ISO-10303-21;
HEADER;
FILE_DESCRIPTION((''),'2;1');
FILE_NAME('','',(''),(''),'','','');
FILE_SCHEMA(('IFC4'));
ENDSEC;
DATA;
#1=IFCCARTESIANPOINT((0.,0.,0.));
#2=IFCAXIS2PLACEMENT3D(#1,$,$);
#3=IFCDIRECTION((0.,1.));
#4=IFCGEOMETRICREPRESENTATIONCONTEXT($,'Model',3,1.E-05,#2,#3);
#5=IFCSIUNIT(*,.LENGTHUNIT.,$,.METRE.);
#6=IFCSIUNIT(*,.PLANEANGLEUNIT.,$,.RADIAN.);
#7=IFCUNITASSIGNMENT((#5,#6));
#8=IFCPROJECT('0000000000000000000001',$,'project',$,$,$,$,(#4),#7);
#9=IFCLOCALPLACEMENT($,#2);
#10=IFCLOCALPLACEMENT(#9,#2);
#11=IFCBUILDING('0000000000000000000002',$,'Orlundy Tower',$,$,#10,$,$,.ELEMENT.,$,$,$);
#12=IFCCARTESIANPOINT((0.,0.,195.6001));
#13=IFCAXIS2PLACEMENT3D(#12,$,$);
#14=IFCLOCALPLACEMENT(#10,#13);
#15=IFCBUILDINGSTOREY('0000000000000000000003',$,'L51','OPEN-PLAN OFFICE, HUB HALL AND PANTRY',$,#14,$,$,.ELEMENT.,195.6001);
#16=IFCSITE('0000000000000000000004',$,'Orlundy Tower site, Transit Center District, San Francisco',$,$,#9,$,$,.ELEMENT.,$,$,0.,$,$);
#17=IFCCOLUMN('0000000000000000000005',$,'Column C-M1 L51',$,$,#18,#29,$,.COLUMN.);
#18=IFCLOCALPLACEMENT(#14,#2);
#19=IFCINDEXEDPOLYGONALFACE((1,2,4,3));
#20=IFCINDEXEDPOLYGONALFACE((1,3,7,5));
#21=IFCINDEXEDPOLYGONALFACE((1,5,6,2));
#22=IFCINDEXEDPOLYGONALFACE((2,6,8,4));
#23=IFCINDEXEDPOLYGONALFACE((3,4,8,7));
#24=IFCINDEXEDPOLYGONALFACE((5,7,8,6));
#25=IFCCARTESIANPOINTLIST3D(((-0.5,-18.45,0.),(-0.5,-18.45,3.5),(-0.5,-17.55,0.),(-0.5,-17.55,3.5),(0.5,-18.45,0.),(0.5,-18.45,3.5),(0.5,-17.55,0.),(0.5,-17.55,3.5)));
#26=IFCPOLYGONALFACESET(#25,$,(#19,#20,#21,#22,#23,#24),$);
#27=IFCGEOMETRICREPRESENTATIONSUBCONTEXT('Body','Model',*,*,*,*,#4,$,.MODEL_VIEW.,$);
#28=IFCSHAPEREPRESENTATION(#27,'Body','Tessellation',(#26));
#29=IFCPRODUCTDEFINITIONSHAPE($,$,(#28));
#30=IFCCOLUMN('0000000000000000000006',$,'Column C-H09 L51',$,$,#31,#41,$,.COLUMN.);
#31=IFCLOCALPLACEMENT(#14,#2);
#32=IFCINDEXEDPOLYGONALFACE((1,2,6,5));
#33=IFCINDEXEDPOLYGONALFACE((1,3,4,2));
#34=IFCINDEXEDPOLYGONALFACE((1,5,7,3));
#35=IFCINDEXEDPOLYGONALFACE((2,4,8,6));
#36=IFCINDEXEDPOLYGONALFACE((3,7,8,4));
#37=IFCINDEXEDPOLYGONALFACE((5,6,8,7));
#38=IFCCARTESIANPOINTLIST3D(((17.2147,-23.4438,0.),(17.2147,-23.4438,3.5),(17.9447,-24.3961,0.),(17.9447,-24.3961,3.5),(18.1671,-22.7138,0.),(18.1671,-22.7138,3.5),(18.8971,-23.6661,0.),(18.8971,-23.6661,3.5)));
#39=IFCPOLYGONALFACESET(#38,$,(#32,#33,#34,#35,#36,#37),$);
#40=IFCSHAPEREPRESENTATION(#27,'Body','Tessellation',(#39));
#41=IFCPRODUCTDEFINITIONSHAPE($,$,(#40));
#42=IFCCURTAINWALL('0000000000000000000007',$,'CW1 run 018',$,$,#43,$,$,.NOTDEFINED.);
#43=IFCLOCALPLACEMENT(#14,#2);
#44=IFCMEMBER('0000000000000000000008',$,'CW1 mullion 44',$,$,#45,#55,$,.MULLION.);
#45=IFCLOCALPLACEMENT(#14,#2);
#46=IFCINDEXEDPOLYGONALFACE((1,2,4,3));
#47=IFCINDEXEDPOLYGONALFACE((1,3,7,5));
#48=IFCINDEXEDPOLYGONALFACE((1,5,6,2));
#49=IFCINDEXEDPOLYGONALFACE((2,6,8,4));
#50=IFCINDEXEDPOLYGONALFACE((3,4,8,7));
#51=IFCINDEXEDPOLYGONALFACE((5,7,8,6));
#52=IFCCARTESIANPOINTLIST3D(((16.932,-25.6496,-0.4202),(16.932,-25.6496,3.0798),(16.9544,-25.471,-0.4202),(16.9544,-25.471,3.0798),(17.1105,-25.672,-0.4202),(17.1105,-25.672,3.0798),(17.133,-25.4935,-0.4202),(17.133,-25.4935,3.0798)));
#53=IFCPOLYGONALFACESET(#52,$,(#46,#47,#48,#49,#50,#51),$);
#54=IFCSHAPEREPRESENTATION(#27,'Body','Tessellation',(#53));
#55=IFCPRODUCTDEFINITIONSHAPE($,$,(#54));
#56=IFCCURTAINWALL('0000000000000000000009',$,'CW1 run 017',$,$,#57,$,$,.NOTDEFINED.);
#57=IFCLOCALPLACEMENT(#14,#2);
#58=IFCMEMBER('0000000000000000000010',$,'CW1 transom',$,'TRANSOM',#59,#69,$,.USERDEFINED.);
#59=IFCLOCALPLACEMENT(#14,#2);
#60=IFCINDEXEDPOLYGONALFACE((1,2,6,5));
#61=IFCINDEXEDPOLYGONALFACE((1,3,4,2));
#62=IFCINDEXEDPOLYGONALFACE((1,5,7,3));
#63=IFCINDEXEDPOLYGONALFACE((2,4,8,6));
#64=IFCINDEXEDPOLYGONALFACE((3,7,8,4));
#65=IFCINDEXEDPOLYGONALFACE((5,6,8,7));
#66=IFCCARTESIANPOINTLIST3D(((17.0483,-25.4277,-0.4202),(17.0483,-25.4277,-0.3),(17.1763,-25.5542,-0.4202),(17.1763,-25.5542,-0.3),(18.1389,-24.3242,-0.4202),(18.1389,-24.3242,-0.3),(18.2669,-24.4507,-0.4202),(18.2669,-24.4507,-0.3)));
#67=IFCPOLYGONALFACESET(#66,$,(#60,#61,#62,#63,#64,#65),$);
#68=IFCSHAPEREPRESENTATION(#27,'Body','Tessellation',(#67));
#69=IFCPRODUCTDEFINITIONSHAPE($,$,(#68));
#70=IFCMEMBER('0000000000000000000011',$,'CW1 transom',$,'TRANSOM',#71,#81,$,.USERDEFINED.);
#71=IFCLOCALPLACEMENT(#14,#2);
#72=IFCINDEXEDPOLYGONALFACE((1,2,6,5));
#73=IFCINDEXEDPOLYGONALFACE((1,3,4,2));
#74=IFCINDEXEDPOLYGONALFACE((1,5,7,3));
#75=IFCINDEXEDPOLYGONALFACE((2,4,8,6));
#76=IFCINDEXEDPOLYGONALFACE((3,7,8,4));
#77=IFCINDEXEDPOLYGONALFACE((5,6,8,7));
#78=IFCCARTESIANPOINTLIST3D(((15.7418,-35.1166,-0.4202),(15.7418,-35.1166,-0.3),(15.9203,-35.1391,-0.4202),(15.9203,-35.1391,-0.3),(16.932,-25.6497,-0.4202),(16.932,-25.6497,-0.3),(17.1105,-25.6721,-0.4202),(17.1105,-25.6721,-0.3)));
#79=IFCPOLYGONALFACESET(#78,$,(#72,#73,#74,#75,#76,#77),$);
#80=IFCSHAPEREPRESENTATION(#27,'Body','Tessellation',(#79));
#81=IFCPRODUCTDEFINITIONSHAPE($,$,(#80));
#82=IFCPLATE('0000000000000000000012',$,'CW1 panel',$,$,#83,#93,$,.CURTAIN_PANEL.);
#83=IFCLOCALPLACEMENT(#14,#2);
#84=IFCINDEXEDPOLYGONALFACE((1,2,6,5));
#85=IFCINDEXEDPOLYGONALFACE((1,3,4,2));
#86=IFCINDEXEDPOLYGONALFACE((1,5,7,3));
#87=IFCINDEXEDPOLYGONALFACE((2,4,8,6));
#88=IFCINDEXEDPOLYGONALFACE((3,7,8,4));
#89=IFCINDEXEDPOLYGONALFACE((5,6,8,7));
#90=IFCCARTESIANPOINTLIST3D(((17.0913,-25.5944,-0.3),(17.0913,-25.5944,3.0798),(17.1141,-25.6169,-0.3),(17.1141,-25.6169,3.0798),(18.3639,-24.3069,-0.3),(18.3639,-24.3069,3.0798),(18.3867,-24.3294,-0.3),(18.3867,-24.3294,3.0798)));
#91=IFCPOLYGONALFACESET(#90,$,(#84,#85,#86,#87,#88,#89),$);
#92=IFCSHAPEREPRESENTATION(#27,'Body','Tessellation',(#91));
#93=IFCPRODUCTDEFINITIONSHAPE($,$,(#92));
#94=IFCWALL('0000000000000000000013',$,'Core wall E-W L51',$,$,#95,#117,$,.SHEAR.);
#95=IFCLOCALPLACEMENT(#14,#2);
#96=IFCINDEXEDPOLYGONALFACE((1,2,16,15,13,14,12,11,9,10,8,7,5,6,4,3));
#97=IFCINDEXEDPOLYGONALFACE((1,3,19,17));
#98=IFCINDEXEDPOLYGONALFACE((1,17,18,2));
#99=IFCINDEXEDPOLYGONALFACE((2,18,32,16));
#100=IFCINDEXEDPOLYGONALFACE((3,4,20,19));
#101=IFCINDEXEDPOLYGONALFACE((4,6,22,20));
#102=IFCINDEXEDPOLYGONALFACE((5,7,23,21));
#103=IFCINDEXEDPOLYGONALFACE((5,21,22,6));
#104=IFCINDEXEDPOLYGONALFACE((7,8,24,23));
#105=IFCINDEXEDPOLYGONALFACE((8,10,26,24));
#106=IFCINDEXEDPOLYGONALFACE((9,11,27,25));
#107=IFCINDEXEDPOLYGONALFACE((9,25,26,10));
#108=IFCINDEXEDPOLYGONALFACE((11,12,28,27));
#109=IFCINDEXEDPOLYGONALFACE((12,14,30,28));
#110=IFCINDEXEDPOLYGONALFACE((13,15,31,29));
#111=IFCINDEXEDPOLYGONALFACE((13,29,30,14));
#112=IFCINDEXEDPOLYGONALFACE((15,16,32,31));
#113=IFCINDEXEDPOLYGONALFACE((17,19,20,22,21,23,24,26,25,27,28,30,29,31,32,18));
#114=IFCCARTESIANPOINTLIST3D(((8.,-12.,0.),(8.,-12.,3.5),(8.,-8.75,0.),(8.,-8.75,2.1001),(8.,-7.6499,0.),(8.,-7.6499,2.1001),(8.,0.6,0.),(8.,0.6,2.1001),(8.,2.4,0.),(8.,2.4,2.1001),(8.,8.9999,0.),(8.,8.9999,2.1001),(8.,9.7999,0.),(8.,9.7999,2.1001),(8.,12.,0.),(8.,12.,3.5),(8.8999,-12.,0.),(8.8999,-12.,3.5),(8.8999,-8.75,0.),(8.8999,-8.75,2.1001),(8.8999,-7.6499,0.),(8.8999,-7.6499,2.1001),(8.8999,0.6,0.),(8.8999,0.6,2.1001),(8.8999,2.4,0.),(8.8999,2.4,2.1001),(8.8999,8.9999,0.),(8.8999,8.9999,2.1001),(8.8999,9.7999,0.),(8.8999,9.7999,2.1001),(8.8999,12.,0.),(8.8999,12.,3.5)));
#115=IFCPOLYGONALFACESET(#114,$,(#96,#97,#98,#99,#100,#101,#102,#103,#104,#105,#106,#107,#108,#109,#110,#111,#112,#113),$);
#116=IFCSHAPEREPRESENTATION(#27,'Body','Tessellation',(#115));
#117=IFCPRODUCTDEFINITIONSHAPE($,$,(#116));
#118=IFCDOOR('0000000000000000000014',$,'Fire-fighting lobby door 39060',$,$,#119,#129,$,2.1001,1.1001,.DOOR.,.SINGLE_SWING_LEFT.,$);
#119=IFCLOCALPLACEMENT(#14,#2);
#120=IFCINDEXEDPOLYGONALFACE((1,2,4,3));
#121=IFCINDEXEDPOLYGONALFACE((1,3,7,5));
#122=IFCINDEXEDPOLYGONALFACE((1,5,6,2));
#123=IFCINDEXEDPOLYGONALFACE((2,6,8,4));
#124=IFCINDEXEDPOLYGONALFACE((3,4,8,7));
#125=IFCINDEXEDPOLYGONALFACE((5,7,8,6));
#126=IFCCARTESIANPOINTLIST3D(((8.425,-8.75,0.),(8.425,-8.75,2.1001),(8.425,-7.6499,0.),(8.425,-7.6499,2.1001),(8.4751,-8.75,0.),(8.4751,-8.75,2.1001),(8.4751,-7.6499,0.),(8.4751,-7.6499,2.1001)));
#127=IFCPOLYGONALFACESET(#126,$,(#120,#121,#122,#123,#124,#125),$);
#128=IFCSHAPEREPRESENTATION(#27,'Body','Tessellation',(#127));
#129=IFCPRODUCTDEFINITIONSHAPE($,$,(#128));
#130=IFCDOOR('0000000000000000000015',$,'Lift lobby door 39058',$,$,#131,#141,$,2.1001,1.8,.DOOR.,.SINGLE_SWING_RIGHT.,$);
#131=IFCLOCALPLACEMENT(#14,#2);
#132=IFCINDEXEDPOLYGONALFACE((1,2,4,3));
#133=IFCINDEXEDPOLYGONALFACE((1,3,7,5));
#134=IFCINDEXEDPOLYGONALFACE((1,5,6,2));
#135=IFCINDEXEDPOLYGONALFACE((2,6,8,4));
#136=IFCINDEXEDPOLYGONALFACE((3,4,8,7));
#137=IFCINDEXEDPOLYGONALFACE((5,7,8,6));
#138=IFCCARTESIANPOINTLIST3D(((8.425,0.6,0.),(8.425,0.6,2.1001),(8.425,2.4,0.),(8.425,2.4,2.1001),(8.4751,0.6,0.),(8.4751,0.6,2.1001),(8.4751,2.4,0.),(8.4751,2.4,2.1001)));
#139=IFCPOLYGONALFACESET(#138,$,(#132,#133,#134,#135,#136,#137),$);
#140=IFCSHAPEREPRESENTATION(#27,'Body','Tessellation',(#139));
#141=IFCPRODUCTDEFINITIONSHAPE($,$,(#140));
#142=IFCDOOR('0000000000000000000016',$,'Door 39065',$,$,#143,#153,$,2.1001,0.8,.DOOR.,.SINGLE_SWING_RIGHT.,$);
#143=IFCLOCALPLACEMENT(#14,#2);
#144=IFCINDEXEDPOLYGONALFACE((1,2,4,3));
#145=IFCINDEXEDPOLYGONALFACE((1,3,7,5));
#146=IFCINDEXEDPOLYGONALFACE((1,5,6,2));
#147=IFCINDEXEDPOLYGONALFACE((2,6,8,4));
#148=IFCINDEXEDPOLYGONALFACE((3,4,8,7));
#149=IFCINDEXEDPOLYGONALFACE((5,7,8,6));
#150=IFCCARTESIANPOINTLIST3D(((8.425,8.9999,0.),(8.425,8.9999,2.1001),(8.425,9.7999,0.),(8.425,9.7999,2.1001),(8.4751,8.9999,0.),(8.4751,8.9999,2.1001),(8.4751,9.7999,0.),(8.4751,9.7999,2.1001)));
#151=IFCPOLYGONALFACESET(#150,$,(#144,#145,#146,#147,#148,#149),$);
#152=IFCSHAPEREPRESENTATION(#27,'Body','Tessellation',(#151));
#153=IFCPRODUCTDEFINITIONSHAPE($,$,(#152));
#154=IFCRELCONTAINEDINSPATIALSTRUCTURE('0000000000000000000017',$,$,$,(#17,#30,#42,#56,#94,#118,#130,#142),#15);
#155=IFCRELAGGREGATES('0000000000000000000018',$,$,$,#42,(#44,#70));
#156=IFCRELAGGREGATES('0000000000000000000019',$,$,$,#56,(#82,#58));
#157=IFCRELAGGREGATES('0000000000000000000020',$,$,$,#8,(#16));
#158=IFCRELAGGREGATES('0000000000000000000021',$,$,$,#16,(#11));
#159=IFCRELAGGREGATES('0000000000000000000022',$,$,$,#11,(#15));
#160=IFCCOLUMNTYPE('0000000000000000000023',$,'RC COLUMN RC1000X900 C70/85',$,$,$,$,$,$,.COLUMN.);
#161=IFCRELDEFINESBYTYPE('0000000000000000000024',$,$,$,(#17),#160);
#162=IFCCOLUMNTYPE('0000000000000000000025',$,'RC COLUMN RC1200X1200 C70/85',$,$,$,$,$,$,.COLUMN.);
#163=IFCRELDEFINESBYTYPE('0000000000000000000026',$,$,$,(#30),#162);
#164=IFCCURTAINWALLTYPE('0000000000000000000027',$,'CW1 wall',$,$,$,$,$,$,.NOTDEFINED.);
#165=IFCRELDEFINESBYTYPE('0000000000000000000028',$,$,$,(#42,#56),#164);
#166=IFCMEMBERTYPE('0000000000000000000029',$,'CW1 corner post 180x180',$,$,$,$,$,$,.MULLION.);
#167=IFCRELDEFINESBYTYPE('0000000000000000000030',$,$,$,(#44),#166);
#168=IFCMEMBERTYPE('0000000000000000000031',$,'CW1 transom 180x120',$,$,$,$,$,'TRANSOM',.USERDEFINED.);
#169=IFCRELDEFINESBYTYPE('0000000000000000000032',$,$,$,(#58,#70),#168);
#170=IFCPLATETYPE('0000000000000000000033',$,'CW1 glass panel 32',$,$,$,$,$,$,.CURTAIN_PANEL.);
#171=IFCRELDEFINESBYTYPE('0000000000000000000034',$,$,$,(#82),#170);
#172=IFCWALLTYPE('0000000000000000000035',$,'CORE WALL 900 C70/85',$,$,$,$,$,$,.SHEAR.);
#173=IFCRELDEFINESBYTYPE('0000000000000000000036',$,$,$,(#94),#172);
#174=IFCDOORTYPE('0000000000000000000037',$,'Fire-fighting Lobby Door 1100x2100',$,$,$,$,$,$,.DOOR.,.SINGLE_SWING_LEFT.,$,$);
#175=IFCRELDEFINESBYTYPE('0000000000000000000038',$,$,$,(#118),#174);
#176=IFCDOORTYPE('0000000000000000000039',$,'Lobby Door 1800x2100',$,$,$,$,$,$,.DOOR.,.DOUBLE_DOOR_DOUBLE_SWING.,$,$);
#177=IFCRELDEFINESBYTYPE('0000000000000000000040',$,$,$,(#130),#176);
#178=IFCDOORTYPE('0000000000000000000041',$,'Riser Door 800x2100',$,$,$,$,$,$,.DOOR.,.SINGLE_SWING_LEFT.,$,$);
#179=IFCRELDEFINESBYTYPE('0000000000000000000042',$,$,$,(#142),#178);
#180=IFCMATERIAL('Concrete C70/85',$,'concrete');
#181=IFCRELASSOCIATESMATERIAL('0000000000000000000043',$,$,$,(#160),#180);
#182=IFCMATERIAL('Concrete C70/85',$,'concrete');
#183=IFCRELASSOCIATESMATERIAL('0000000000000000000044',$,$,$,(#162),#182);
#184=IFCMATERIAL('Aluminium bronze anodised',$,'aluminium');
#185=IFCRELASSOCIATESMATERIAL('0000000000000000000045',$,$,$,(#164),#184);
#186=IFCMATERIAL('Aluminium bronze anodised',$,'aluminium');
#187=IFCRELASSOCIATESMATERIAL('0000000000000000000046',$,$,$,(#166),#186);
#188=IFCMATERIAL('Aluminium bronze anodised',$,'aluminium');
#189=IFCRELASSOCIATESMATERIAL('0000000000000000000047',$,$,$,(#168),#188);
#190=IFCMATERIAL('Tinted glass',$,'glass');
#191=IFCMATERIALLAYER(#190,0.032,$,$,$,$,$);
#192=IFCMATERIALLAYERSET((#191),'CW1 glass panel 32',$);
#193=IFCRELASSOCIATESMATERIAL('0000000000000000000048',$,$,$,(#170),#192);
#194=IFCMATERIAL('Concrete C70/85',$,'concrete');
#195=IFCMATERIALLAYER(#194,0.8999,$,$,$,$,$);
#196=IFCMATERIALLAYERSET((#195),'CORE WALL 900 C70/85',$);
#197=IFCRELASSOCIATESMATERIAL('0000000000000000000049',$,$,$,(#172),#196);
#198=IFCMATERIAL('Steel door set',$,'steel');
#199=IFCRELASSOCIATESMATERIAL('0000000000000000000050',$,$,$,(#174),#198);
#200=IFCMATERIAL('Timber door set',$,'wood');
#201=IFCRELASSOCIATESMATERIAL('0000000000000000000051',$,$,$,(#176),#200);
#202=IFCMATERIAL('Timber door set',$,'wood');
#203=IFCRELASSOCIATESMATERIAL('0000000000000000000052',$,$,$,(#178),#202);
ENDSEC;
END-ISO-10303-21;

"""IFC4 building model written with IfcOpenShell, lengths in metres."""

from ifc_helpers import new_model, si_unit, direction, frame, frame_2d, origin, origin_2d, place, context, subcontext, project, spatial, rectangle, extrude, material, layer, layer_set, material_profile, profile_set, type_object, element, fill, aggregate, save


model = new_model("IFC4")

# Units and contexts
model_context = context("Model", 3, precision=1e-05, world=origin(), true_north=direction((0.0, 1.0)))
body_context = subcontext(model_context, "Body", "Model", "MODEL_VIEW")
ifc_project = project(units=[si_unit("LENGTHUNIT", "METRE"), si_unit("PLANEANGLEUNIT", "RADIAN")], contexts=[model_context])

# Site, building, storey
site_placement = place(None, origin())
site = spatial("IfcSite", under=ifc_project, at=site_placement, Name="Orlundy Tower site, Transit Center District, San Francisco", CompositionType="ELEMENT", RefElevation=0.0)
building_placement = place(site_placement, origin())
building = spatial("IfcBuilding", under=site, at=building_placement, Name="Orlundy Tower", CompositionType="ELEMENT")
storey_placement = place(building_placement, frame((0.0, 0.0, 195.6001)))
storey = spatial("IfcBuildingStorey", under=building, at=storey_placement, Name="L51", Description="OPEN-PLAN OFFICE, HUB HALL AND PANTRY", CompositionType="ELEMENT", Elevation=195.6001)

# Columns
ifc_material_1 = material(Name="Concrete C70/85", Category="concrete")
ifc_material_profile_1 = material_profile(ifc_material_1, rectangle(XDim=1.0, YDim=0.8999, at=origin_2d()), Name="RC1000X900")
ifc_profile_set_1 = profile_set([ifc_material_profile_1], Name="Concrete C70/85")
column_type_1 = type_object("IfcColumnType", Name="RC COLUMN RC1000X900 C70/85", PredefinedType="COLUMN", material=ifc_profile_set_1)
column_1_placement = place(storey_placement, frame((0.0, -18.0, 0.0), z_axis=(0.0, 0.0, 1.0), x_axis=(1.0, 0.0, 0.0)))
element("IfcColumn", 1, at=column_1_placement, inside=storey, type_object=column_type_1, Name="Column C-M1 L51", PredefinedType="COLUMN", context=body_context, shape_type="SweptSolid", body=[
    extrude(rectangle(XDim=1.0, YDim=0.8999, at=origin_2d()), origin(), (0.0, 0.0, 1.0), 3.5),
])
ifc_material_2 = material(Name="Concrete C70/85", Category="concrete")
ifc_material_profile_2 = material_profile(ifc_material_2, rectangle(XDim=1.2, YDim=1.2, at=origin_2d()), Name="RC1200X1200")
ifc_profile_set_2 = profile_set([ifc_material_profile_2], Name="Concrete C70/85")
column_type_2 = type_object("IfcColumnType", Name="RC COLUMN RC1200X1200 C70/85", PredefinedType="COLUMN", material=ifc_profile_set_2)
column_2_placement = place(storey_placement, frame((18.0559, -23.5549, 0.0), z_axis=(0.0, 0.0, 1.0), x_axis=(0.608374, -0.793651, 0.0)))
element("IfcColumn", 2, at=column_2_placement, inside=storey, type_object=column_type_2, Name="Column C-H09 L51", PredefinedType="COLUMN", context=body_context, shape_type="SweptSolid", body=[
    extrude(rectangle(XDim=1.2, YDim=1.2, at=origin_2d()), origin(), (0.0, 0.0, 1.0), 3.5),
])

# Curtain walls, members
ifc_material_3 = material(Name="Aluminium bronze anodised", Category="aluminium")
curtain_wall_type = type_object("IfcCurtainWallType", Name="CW1 wall", PredefinedType="NOTDEFINED", material=ifc_material_3)
curtain_wall_1_placement = place(storey_placement, origin())
curtain_wall_1 = element("IfcCurtainWall", 3, at=curtain_wall_1_placement, inside=storey, type_object=curtain_wall_type, Name="CW1 run 018", PredefinedType="NOTDEFINED")
ifc_material_4 = material(Name="Aluminium bronze anodised", Category="aluminium")
ifc_material_profile_3 = material_profile(ifc_material_4, rectangle(XDim=0.1799, YDim=0.1799, at=origin_2d()), Name="CW1 corner post 180x180")
ifc_profile_set_3 = profile_set([ifc_material_profile_3], Name="Aluminium bronze anodised")
member_type_1 = type_object("IfcMemberType", Name="CW1 corner post 180x180", PredefinedType="MULLION", material=ifc_profile_set_3)
member_1_placement = place(storey_placement, frame((17.0325, -25.5715, -0.4202), z_axis=(0.0, 0.0, 1.0), x_axis=(0.992189, -0.124742, 0.0)))
member_1 = element("IfcMember", 4, at=member_1_placement, type_object=member_type_1, Name="CW1 mullion 44", PredefinedType="MULLION", context=body_context, shape_type="SweptSolid", body=[
    extrude(rectangle(XDim=0.1799, YDim=0.1799, at=origin_2d()), origin(), (0.0, 0.0, 1.0), 3.5),
])
curtain_wall_2_placement = place(storey_placement, origin())
curtain_wall_2 = element("IfcCurtainWall", 5, at=curtain_wall_2_placement, inside=storey, type_object=curtain_wall_type, Name="CW1 run 017", PredefinedType="NOTDEFINED")
ifc_material_5 = material(Name="Aluminium bronze anodised", Category="aluminium")
ifc_material_profile_4 = material_profile(ifc_material_5, rectangle(XDim=0.1799, YDim=0.1201, at=origin_2d()), Name="CW1 transom 180x120")
ifc_profile_set_4 = profile_set([ifc_material_profile_4], Name="Aluminium bronze anodised")
member_type_2 = type_object("IfcMemberType", Name="CW1 transom 180x120", ElementType="TRANSOM", PredefinedType="USERDEFINED", material=ifc_profile_set_4)
member_2_placement = place(storey_placement, frame((18.2029, -24.3875, -0.3601), z_axis=(-0.702924, -0.711265, 0.0), x_axis=(0.711265, -0.702924, 0.0)))
member_2 = element("IfcMember", 6, at=member_2_placement, type_object=member_type_2, Name="CW1 transom", ObjectType="TRANSOM", PredefinedType="USERDEFINED", context=body_context, shape_type="SweptSolid", body=[
    extrude(rectangle(XDim=0.1799, YDim=0.1201, at=origin_2d()), origin(), (0.0, 0.0, 1.0), 1.5515),
])

# Member
member_3_placement = place(storey_placement, frame((17.0212, -25.6609, -0.3601), z_axis=(-0.124737, -0.99219, 0.0), x_axis=(0.99219, -0.124737, 0.0)))
member_3 = element("IfcMember", 7, at=member_3_placement, type_object=member_type_2, Name="CW1 transom", ObjectType="TRANSOM", PredefinedType="USERDEFINED", context=body_context, shape_type="SweptSolid", body=[
    extrude(rectangle(XDim=0.1799, YDim=0.1201, at=origin_2d()), origin(), (0.0, 0.0, 1.0), 9.5415),
])
aggregate(curtain_wall_1, [member_1, member_3])

# Plate
ifc_material_6 = material(Name="Tinted glass", Category="glass")
ifc_layer_1 = layer(ifc_material_6, 0.032)
ifc_layer_set_1 = layer_set([ifc_layer_1], Name="CW1 glass panel 32")
plate_type = type_object("IfcPlateType", Name="CW1 glass panel 32", PredefinedType="CURTAIN_PANEL", material=ifc_layer_set_1)
plate_placement = place(storey_placement, frame((17.739, -24.9619, -0.3), z_axis=(0.0, 0.0, 1.0), x_axis=(-0.70297, -0.711219, 0.0)))
plate = element("IfcPlate", 8, at=plate_placement, type_object=plate_type, Name="CW1 panel", PredefinedType="CURTAIN_PANEL", context=body_context, shape_type="SweptSolid", body=[
    extrude(rectangle(XDim=1.8103, YDim=0.032, at=origin_2d()), origin(), (0.0, 0.0, 1.0), 3.3799),
])
aggregate(curtain_wall_2, [plate, member_2])

# Wall, openings, doors
ifc_material_7 = material(Name="Concrete C70/85", Category="concrete")
ifc_layer_2 = layer(ifc_material_7, 0.8999)
ifc_layer_set_2 = layer_set([ifc_layer_2], Name="CORE WALL 900 C70/85")
wall_type_1 = type_object("IfcWallType", Name="CORE WALL 900 C70/85", PredefinedType="SHEAR", material=ifc_layer_set_2)
wall_1_placement = place(storey_placement, frame((8.45, -12.0, 0.0), z_axis=(0.0, 0.0, 1.0), x_axis=(0.0, 1.0, 0.0)))
wall_1 = element("IfcWall", 9, at=wall_1_placement, inside=storey, type_object=wall_type_1, Name="Core wall E-W L51", PredefinedType="SHEAR", context=body_context, shape_type="SweptSolid", body=[
    extrude(rectangle(XDim=24.0, YDim=0.8999, at=frame_2d((12.0, 0.0))), origin(), (0.0, 0.0, 1.0), 3.5),
])
opening_1_placement = place(wall_1_placement, frame((12.6001, 0.0, 0.0)))
opening_1 = element("IfcOpeningElement", 10, at=opening_1_placement, cuts=wall_1, PredefinedType="OPENING", context=body_context, shape_type="SweptSolid", body=[
    extrude(rectangle(XDim=1.8, YDim=2.1001, at=frame_2d((0.8999, 1.05))), frame((0.0, 0.46, 0.0), z_axis=(0.0, -1.0, 0.0), x_axis=(1.0, 0.0, 0.0)), (0.0, 0.0, 1.0), 0.9199),
])
opening_2_placement = place(wall_1_placement, frame((3.25, 0.0, 0.0)))
opening_2 = element("IfcOpeningElement", 11, at=opening_2_placement, cuts=wall_1, PredefinedType="OPENING", context=body_context, shape_type="SweptSolid", body=[
    extrude(rectangle(XDim=1.1001, YDim=2.1001, at=frame_2d((0.55, 1.05))), frame((0.0, 0.46, 0.0), z_axis=(0.0, -1.0, 0.0), x_axis=(1.0, 0.0, 0.0)), (0.0, 0.0, 1.0), 0.9199),
])
opening_3_placement = place(wall_1_placement, frame((21.0, 0.0, 0.0)))
opening_3 = element("IfcOpeningElement", 12, at=opening_3_placement, cuts=wall_1, PredefinedType="OPENING", context=body_context, shape_type="SweptSolid", body=[
    extrude(rectangle(XDim=0.8, YDim=2.1001, at=frame_2d((0.3999, 1.05))), frame((0.0, 0.46, 0.0), z_axis=(0.0, -1.0, 0.0), x_axis=(1.0, 0.0, 0.0)), (0.0, 0.0, 1.0), 0.9199),
])
ifc_material_8 = material(Name="Steel door set", Category="steel")
door_type_1 = type_object("IfcDoorType", Name="Fire-fighting Lobby Door 1100x2100", OperationType="SINGLE_SWING_LEFT", PredefinedType="DOOR", material=ifc_material_8)
door_1_placement = place(opening_2_placement, origin())
door_1 = element("IfcDoor", 13, at=door_1_placement, inside=storey, type_object=door_type_1, Name="Fire-fighting lobby door 39060", OperationType="SINGLE_SWING_LEFT", OverallHeight=2.1001, OverallWidth=1.1001, PredefinedType="DOOR", context=body_context, shape_type="SweptSolid", body=[
    extrude(rectangle(XDim=1.1001, YDim=2.1001, at=frame_2d((0.55, 1.05))), frame((0.0, 0.0249, 0.0), z_axis=(0.0, -1.0, 0.0), x_axis=(1.0, 0.0, 0.0)), (0.0, 0.0, 1.0), 0.05),
])
fill(opening_2, door_1)
ifc_material_9 = material(Name="Timber door set", Category="wood")
door_type_2 = type_object("IfcDoorType", Name="Lobby Door 1800x2100", OperationType="DOUBLE_DOOR_DOUBLE_SWING", PredefinedType="DOOR", material=ifc_material_9)
door_2_placement = place(opening_1_placement, origin())
door_2 = element("IfcDoor", 14, at=door_2_placement, inside=storey, type_object=door_type_2, Name="Lift lobby door 39058", OperationType="SINGLE_SWING_RIGHT", OverallHeight=2.1001, OverallWidth=1.8, PredefinedType="DOOR", context=body_context, shape_type="SweptSolid", body=[
    extrude(rectangle(XDim=1.8, YDim=2.1001, at=frame_2d((0.8999, 1.05))), frame((0.0, 0.0249, 0.0), z_axis=(0.0, -1.0, 0.0), x_axis=(1.0, 0.0, 0.0)), (0.0, 0.0, 1.0), 0.05),
])
fill(opening_1, door_2)
ifc_material_10 = material(Name="Timber door set", Category="wood")
door_type_3 = type_object("IfcDoorType", Name="Riser Door 800x2100", OperationType="SINGLE_SWING_LEFT", PredefinedType="DOOR", material=ifc_material_10)
door_3_placement = place(opening_3_placement, origin())
door_3 = element("IfcDoor", 15, at=door_3_placement, inside=storey, type_object=door_type_3, Name="Door 39065", OperationType="SINGLE_SWING_RIGHT", OverallHeight=2.1001, OverallWidth=0.8, PredefinedType="DOOR", context=body_context, shape_type="SweptSolid", body=[
    extrude(rectangle(XDim=0.8, YDim=2.1001, at=frame_2d((0.3999, 1.05))), frame((0.0, 0.0249, 0.0), z_axis=(0.0, -1.0, 0.0), x_axis=(1.0, 0.0, 0.0)), (0.0, 0.0, 1.0), 0.05),
])
fill(opening_3, door_3)

save(model, "model.ifc")
